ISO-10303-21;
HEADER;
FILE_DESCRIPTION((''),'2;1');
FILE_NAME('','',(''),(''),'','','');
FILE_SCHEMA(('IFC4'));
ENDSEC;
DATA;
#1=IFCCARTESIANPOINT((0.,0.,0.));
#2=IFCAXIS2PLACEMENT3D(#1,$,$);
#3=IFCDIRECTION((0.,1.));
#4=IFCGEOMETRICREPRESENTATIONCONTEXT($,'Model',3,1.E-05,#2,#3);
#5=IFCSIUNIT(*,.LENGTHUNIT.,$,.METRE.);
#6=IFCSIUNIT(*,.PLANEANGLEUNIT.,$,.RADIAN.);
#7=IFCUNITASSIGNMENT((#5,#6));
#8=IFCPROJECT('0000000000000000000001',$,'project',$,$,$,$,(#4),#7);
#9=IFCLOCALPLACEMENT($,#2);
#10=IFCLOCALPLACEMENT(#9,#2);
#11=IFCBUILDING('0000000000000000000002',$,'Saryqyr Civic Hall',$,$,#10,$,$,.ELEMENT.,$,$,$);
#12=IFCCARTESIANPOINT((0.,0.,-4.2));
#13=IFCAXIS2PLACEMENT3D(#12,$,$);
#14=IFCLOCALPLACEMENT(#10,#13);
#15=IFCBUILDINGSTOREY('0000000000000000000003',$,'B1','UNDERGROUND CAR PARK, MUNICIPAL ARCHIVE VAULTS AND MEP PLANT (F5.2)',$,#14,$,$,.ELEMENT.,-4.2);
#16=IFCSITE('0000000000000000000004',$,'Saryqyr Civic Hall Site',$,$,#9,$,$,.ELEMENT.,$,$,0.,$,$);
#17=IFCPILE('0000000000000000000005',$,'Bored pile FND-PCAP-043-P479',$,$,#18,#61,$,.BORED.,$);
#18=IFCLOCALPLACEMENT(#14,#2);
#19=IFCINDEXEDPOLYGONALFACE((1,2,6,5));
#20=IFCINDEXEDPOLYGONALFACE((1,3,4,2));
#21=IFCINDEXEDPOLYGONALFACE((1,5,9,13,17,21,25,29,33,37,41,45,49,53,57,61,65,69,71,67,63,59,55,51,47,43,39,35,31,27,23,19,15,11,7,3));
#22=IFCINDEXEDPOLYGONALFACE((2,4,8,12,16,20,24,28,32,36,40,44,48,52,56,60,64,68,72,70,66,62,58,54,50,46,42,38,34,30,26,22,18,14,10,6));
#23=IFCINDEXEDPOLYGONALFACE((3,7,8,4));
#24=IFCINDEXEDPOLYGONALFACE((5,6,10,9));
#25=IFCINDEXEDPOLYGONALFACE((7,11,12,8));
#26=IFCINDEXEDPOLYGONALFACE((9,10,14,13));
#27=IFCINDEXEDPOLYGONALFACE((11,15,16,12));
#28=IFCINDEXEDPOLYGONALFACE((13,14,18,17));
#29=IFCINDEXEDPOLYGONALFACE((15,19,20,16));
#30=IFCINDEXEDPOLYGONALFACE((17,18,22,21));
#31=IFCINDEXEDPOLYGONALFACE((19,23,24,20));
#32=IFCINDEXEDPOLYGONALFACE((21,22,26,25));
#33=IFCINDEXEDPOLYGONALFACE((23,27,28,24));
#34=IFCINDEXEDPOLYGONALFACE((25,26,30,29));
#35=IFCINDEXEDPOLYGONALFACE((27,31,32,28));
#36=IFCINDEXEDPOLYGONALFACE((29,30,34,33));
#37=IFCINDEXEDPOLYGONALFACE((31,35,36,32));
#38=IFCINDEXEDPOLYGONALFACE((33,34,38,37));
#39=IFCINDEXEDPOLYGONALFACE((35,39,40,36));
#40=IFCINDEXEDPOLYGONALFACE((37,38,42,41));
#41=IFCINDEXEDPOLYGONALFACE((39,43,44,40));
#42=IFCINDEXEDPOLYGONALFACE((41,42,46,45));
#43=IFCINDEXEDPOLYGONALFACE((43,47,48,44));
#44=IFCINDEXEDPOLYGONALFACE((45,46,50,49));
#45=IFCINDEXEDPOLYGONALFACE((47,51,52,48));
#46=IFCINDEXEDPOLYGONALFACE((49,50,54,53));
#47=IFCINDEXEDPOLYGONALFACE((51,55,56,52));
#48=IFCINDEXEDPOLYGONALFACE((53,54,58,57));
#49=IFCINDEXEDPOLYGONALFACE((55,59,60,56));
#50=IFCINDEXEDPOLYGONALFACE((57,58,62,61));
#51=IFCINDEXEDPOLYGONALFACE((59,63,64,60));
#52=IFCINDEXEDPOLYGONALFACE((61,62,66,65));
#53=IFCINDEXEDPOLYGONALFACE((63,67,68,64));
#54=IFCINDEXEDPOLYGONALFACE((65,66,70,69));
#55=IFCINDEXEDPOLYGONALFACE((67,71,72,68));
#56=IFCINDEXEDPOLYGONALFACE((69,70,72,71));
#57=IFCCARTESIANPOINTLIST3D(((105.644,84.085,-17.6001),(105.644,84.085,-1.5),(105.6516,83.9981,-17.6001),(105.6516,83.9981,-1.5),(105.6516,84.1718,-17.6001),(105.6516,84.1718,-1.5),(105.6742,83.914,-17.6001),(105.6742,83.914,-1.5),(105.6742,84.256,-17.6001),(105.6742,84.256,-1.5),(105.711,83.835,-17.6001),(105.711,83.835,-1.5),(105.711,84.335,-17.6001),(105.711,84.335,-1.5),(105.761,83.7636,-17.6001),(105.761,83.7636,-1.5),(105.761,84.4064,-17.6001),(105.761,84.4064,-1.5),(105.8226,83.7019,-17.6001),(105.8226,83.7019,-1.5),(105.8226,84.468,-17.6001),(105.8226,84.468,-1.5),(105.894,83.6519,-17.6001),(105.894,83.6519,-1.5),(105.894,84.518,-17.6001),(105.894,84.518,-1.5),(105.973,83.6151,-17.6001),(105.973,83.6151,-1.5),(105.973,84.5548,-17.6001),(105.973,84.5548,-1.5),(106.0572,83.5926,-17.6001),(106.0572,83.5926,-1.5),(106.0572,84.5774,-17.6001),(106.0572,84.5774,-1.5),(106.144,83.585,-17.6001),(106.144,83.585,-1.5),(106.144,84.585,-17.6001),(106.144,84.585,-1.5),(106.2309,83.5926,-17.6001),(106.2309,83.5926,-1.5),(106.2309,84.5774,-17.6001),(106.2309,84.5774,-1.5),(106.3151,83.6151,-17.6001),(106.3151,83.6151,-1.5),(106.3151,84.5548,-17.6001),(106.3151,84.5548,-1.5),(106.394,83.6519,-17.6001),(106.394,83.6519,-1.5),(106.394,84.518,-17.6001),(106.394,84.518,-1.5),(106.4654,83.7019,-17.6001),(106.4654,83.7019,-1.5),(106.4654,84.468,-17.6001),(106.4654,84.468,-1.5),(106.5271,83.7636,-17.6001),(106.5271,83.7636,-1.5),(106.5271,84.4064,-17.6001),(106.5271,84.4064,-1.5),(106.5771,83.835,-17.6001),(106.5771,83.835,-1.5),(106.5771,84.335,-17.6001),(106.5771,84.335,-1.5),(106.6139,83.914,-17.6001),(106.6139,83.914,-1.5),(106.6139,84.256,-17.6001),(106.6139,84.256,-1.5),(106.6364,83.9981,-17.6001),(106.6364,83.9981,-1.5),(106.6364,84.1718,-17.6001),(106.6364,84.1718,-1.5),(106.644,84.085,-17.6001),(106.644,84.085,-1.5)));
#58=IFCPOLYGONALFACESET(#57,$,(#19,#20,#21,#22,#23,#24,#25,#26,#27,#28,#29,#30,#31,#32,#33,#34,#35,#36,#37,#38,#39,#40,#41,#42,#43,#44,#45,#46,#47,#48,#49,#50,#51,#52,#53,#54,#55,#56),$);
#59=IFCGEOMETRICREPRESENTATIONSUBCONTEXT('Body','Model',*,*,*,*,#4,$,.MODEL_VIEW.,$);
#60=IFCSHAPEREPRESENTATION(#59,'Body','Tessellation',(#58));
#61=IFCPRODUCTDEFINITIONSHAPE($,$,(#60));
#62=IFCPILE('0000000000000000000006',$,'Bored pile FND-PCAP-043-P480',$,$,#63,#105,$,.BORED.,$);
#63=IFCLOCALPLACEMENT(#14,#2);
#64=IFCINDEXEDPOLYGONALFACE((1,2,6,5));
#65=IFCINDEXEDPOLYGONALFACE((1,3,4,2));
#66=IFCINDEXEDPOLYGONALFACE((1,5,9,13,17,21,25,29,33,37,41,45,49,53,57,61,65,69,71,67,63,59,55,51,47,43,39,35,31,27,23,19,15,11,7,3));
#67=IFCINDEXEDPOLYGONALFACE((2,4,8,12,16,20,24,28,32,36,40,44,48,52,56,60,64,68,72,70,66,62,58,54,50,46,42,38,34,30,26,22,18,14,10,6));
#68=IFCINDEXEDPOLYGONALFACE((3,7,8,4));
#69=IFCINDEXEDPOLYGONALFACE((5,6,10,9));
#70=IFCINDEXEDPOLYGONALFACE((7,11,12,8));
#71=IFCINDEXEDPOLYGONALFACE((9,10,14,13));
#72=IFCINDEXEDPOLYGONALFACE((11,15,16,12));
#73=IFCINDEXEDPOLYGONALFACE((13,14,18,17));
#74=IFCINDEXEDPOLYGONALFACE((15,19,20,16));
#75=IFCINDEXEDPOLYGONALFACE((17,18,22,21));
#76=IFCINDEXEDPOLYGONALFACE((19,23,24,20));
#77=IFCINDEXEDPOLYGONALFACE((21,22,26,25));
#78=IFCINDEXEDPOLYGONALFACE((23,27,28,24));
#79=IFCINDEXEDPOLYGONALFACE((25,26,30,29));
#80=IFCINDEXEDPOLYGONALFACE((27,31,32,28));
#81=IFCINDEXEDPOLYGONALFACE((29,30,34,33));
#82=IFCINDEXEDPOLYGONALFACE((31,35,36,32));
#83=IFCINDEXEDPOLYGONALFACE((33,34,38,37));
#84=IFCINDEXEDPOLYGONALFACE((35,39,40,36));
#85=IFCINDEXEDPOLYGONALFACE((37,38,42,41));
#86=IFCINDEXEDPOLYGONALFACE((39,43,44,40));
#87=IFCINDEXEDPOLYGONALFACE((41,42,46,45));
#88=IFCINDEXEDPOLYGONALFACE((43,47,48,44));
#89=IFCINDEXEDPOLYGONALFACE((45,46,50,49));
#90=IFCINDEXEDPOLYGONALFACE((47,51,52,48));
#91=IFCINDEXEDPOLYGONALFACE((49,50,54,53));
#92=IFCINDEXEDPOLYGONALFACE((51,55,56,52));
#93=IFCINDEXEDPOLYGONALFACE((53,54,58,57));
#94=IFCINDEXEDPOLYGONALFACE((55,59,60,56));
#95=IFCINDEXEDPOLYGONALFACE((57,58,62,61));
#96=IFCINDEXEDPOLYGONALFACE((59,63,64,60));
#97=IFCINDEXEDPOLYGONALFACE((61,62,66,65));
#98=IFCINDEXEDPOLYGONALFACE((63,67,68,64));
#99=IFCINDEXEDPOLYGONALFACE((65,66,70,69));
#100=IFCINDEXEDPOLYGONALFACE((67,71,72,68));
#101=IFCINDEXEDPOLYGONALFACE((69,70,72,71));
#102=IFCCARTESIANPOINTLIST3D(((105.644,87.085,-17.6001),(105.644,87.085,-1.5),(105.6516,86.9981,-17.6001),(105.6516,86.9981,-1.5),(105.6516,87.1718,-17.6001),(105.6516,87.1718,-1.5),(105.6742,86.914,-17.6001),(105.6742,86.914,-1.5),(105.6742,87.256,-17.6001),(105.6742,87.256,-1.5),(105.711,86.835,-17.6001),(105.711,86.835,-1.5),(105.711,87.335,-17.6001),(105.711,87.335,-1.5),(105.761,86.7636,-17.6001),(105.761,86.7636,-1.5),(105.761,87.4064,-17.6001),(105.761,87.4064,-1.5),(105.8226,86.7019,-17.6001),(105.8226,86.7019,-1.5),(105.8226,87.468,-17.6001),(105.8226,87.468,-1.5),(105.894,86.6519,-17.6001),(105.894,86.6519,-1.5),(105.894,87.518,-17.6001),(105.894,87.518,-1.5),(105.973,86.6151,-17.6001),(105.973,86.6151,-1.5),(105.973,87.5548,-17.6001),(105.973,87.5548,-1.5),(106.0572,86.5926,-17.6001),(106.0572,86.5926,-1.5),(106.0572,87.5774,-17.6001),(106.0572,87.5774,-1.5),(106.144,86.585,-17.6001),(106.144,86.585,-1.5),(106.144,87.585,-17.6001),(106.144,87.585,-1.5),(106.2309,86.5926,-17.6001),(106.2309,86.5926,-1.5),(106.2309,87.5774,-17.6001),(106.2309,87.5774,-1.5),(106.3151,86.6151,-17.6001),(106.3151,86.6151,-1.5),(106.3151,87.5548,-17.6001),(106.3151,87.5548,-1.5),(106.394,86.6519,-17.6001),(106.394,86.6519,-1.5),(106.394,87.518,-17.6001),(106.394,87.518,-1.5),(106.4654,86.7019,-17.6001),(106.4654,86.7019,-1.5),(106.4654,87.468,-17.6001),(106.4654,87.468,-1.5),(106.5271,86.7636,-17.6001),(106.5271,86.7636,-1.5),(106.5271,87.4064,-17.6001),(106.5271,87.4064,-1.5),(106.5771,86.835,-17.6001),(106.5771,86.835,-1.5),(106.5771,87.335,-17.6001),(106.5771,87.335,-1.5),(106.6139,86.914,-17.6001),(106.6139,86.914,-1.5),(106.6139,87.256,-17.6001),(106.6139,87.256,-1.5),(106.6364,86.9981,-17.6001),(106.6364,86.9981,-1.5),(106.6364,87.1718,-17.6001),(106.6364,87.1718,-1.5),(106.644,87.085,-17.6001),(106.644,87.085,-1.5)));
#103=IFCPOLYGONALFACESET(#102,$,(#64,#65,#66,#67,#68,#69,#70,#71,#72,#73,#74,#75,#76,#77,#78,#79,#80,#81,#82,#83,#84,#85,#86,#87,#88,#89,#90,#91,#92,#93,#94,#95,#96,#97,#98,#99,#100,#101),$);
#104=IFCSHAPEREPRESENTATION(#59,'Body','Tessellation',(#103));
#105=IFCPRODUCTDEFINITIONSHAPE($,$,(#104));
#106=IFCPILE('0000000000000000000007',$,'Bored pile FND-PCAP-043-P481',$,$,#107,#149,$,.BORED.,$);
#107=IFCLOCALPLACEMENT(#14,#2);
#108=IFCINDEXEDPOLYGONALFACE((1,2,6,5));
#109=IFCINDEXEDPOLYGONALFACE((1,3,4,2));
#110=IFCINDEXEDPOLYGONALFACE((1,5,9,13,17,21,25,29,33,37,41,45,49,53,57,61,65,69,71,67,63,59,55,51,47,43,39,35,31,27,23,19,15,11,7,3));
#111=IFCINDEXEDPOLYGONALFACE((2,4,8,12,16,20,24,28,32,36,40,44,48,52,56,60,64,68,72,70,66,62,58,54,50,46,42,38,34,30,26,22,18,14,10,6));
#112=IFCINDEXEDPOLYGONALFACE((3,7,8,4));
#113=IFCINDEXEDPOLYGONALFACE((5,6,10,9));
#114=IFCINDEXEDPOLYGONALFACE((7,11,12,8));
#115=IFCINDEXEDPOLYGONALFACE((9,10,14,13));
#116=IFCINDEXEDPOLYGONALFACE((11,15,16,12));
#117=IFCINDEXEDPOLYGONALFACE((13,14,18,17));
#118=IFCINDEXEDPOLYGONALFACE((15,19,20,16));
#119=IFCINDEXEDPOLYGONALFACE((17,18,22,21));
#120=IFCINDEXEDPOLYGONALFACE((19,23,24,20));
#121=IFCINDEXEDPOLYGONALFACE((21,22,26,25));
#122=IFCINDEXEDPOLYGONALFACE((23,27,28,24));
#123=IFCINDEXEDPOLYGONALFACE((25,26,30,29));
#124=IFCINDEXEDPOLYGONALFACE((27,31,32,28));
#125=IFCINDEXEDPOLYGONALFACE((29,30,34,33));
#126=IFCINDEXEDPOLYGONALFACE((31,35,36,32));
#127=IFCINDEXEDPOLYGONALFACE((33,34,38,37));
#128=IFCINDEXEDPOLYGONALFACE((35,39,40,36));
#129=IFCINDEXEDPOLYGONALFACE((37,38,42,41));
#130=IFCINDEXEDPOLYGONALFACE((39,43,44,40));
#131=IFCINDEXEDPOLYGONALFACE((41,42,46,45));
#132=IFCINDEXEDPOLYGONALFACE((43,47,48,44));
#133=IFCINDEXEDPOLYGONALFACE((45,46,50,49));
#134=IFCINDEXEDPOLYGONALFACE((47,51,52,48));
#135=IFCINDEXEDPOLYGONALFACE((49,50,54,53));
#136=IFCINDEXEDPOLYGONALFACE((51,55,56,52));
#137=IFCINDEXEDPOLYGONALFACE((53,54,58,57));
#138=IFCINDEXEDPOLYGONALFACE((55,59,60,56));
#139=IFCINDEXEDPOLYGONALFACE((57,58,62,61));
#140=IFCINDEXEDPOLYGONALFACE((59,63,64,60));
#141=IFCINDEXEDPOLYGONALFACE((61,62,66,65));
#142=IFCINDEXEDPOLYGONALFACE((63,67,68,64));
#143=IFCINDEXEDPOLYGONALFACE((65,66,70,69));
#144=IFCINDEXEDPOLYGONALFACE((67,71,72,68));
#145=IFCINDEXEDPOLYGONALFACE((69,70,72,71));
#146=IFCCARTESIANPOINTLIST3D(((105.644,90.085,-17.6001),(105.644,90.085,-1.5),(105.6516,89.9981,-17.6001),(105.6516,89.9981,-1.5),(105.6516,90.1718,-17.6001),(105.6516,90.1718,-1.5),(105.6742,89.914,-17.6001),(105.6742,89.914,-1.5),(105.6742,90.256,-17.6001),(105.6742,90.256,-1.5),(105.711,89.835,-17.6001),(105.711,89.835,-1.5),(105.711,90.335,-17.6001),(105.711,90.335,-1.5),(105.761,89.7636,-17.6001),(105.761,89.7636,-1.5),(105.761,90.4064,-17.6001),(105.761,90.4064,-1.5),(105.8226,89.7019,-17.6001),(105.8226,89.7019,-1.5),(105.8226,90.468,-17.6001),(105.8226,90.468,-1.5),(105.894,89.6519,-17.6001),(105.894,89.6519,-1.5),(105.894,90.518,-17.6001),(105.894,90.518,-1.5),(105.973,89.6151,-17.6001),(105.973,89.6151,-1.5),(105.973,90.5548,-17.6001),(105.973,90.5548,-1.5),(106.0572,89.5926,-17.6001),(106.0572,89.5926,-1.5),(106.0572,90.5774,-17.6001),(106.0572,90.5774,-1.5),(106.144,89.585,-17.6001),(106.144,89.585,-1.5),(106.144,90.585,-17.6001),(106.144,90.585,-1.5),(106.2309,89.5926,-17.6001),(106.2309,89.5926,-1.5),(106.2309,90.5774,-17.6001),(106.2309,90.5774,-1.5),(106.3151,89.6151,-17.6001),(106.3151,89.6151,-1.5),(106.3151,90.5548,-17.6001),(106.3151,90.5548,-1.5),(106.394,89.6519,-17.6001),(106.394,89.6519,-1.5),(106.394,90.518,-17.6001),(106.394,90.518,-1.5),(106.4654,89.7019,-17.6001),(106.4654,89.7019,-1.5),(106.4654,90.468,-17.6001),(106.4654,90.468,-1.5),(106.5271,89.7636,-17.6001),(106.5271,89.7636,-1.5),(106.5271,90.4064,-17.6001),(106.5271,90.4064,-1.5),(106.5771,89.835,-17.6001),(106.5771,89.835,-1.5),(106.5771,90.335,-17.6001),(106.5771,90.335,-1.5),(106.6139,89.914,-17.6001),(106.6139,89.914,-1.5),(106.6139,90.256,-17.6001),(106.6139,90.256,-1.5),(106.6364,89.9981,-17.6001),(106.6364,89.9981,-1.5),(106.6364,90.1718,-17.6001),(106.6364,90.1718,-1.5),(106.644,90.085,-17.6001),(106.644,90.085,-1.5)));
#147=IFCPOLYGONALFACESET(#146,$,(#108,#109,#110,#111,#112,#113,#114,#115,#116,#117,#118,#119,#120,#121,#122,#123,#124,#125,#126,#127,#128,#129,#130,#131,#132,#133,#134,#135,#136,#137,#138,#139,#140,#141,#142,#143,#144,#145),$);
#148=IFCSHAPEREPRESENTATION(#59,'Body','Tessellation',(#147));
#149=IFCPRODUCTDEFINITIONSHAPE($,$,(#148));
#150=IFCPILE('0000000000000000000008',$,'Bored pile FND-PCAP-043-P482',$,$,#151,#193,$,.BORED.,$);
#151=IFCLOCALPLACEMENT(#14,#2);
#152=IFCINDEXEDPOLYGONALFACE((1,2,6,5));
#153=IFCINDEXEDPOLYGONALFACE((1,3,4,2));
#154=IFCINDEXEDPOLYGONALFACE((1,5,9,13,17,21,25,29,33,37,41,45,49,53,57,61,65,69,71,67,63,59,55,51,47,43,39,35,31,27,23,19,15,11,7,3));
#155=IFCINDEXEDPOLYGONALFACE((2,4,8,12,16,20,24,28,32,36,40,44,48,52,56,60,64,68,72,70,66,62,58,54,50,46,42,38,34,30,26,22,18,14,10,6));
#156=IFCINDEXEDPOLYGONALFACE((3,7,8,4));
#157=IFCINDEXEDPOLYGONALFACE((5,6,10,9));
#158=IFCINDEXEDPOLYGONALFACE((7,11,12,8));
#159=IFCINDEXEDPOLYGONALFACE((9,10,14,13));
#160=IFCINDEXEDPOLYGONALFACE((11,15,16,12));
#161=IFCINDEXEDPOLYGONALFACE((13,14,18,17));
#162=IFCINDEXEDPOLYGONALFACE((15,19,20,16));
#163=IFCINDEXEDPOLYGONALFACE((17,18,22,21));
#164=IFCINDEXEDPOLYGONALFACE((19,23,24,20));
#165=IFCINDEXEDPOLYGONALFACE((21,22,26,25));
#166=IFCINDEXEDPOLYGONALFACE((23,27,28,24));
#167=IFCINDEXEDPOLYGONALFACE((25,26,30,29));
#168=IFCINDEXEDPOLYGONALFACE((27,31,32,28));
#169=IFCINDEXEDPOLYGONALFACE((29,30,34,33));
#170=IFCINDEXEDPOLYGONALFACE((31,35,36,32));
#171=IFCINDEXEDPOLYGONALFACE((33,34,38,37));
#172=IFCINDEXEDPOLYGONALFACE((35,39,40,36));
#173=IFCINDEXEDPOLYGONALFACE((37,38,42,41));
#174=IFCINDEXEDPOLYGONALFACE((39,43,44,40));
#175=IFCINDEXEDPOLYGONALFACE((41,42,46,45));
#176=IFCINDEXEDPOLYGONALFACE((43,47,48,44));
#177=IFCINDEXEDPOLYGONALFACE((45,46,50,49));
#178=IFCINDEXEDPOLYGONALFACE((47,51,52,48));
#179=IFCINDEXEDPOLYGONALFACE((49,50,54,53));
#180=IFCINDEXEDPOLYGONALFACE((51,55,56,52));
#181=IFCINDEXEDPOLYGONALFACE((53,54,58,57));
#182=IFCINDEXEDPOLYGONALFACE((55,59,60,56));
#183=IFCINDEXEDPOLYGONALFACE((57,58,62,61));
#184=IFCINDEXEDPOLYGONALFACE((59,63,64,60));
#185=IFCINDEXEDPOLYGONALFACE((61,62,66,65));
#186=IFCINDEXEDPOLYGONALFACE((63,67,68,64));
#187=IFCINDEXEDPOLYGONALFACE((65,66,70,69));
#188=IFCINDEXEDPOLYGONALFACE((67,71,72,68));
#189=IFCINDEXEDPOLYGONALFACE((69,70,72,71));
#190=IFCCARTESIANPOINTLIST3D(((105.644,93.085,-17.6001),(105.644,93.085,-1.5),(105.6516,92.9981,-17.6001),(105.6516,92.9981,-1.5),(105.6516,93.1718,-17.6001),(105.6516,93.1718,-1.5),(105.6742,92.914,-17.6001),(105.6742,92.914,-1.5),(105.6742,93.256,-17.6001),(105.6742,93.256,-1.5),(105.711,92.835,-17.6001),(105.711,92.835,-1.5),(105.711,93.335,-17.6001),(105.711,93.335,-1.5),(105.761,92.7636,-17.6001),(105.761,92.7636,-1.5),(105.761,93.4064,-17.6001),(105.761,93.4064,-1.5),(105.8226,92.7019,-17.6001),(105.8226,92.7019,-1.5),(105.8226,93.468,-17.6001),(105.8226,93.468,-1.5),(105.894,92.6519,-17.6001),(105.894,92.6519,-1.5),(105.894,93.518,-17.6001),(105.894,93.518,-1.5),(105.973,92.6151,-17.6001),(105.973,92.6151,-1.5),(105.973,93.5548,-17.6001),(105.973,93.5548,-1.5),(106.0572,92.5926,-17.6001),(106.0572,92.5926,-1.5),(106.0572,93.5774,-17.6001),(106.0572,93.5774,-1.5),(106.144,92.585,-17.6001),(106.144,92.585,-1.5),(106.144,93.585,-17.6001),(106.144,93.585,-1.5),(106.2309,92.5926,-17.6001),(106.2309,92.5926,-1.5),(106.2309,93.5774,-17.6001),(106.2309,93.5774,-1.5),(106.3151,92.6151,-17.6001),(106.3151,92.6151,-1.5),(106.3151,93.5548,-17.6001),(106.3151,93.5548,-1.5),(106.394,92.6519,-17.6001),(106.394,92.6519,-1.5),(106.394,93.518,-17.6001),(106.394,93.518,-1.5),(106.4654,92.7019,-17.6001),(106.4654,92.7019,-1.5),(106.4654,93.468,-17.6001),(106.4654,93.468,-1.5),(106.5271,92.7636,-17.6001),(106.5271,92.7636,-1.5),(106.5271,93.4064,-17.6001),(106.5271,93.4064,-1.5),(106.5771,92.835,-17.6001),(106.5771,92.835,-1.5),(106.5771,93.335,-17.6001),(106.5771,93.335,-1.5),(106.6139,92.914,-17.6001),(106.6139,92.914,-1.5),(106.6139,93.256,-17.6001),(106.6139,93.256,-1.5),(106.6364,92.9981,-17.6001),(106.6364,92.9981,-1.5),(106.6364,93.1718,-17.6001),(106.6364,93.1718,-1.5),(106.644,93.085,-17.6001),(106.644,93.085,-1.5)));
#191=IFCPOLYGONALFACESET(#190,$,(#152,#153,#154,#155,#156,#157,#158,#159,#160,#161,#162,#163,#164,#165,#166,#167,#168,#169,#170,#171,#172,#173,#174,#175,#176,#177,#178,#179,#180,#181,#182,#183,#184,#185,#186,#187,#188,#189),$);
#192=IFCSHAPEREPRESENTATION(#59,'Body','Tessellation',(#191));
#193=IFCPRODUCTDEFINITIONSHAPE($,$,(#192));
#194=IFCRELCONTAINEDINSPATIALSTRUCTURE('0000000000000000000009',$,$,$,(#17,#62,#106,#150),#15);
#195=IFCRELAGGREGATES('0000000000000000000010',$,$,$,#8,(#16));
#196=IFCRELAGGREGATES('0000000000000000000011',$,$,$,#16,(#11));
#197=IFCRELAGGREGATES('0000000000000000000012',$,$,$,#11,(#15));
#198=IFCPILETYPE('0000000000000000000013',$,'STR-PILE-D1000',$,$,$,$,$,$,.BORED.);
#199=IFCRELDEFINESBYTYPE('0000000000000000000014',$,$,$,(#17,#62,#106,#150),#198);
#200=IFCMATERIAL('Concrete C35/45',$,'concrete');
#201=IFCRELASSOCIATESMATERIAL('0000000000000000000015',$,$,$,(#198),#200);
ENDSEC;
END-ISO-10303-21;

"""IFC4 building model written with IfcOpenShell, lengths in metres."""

from ifc_helpers import new_model, si_unit, direction, frame, origin, origin_2d, place, context, subcontext, project, spatial, circle, extrude, material, material_profile, profile_set, type_object, element, save


model = new_model("IFC4")

# Units and contexts
model_context = context("Model", 3, precision=1e-05, world=origin(), true_north=direction((0.0, 1.0)))
body_context = subcontext(model_context, "Body", "Model", "MODEL_VIEW")
ifc_project = project(units=[si_unit("LENGTHUNIT", "METRE"), si_unit("PLANEANGLEUNIT", "RADIAN")], contexts=[model_context])

# Site, building, storey
site_placement = place(None, origin())
site = spatial("IfcSite", under=ifc_project, at=site_placement, Name="Saryqyr Civic Hall Site", CompositionType="ELEMENT", RefElevation=0.0)
building_placement = place(site_placement, origin())
building = spatial("IfcBuilding", under=site, at=building_placement, Name="Saryqyr Civic Hall", CompositionType="ELEMENT")
storey_placement = place(building_placement, frame((0.0, 0.0, -4.2)))
storey = spatial("IfcBuildingStorey", under=building, at=storey_placement, Name="B1", Description="UNDERGROUND CAR PARK, MUNICIPAL ARCHIVE VAULTS AND MEP PLANT (F5.2)", CompositionType="ELEMENT", Elevation=-4.2)

# Piles
ifc_material_1 = material(Name="Concrete C35/45", Category="concrete")
ifc_material_profile_1 = material_profile(ifc_material_1, circle(Radius=0.5, at=origin_2d()), Name="BORED PILE D1000")
ifc_profile_set_1 = profile_set([ifc_material_profile_1], Name="Concrete C35/45")
pile_type = type_object("IfcPileType", Name="STR-PILE-D1000", PredefinedType="BORED", material=ifc_profile_set_1)
for number, where, z_axis, x_axis, name in (
    (1, (106.144, 84.085, -1.5), (0.0, 0.0, -1.0), (1.0, 0.0, 0.0), "Bored pile FND-PCAP-043-P479"),
    (2, (106.144, 87.085, -1.5), (0.0, 0.0, -1.0), (1.0, 0.0, 0.0), "Bored pile FND-PCAP-043-P480"),
    (3, (106.144, 90.085, -1.5), (0.0, 0.0, -1.0), (1.0, 0.0, 0.0), "Bored pile FND-PCAP-043-P481"),
    (4, (106.144, 93.085, -1.5), (0.0, 0.0, -1.0), (1.0, 0.0, 0.0), "Bored pile FND-PCAP-043-P482"),
):
    element("IfcPile", number, at=place(storey_placement, frame(where, z_axis=z_axis, x_axis=x_axis)), inside=storey, type_object=pile_type, Name=name, PredefinedType="BORED", context=body_context, shape_type="SweptSolid", body=[
        extrude(circle(Radius=0.5, at=origin_2d()), origin(), (0.0, 0.0, 1.0), 16.1001),
    ])

save(model, "model.ifc")
